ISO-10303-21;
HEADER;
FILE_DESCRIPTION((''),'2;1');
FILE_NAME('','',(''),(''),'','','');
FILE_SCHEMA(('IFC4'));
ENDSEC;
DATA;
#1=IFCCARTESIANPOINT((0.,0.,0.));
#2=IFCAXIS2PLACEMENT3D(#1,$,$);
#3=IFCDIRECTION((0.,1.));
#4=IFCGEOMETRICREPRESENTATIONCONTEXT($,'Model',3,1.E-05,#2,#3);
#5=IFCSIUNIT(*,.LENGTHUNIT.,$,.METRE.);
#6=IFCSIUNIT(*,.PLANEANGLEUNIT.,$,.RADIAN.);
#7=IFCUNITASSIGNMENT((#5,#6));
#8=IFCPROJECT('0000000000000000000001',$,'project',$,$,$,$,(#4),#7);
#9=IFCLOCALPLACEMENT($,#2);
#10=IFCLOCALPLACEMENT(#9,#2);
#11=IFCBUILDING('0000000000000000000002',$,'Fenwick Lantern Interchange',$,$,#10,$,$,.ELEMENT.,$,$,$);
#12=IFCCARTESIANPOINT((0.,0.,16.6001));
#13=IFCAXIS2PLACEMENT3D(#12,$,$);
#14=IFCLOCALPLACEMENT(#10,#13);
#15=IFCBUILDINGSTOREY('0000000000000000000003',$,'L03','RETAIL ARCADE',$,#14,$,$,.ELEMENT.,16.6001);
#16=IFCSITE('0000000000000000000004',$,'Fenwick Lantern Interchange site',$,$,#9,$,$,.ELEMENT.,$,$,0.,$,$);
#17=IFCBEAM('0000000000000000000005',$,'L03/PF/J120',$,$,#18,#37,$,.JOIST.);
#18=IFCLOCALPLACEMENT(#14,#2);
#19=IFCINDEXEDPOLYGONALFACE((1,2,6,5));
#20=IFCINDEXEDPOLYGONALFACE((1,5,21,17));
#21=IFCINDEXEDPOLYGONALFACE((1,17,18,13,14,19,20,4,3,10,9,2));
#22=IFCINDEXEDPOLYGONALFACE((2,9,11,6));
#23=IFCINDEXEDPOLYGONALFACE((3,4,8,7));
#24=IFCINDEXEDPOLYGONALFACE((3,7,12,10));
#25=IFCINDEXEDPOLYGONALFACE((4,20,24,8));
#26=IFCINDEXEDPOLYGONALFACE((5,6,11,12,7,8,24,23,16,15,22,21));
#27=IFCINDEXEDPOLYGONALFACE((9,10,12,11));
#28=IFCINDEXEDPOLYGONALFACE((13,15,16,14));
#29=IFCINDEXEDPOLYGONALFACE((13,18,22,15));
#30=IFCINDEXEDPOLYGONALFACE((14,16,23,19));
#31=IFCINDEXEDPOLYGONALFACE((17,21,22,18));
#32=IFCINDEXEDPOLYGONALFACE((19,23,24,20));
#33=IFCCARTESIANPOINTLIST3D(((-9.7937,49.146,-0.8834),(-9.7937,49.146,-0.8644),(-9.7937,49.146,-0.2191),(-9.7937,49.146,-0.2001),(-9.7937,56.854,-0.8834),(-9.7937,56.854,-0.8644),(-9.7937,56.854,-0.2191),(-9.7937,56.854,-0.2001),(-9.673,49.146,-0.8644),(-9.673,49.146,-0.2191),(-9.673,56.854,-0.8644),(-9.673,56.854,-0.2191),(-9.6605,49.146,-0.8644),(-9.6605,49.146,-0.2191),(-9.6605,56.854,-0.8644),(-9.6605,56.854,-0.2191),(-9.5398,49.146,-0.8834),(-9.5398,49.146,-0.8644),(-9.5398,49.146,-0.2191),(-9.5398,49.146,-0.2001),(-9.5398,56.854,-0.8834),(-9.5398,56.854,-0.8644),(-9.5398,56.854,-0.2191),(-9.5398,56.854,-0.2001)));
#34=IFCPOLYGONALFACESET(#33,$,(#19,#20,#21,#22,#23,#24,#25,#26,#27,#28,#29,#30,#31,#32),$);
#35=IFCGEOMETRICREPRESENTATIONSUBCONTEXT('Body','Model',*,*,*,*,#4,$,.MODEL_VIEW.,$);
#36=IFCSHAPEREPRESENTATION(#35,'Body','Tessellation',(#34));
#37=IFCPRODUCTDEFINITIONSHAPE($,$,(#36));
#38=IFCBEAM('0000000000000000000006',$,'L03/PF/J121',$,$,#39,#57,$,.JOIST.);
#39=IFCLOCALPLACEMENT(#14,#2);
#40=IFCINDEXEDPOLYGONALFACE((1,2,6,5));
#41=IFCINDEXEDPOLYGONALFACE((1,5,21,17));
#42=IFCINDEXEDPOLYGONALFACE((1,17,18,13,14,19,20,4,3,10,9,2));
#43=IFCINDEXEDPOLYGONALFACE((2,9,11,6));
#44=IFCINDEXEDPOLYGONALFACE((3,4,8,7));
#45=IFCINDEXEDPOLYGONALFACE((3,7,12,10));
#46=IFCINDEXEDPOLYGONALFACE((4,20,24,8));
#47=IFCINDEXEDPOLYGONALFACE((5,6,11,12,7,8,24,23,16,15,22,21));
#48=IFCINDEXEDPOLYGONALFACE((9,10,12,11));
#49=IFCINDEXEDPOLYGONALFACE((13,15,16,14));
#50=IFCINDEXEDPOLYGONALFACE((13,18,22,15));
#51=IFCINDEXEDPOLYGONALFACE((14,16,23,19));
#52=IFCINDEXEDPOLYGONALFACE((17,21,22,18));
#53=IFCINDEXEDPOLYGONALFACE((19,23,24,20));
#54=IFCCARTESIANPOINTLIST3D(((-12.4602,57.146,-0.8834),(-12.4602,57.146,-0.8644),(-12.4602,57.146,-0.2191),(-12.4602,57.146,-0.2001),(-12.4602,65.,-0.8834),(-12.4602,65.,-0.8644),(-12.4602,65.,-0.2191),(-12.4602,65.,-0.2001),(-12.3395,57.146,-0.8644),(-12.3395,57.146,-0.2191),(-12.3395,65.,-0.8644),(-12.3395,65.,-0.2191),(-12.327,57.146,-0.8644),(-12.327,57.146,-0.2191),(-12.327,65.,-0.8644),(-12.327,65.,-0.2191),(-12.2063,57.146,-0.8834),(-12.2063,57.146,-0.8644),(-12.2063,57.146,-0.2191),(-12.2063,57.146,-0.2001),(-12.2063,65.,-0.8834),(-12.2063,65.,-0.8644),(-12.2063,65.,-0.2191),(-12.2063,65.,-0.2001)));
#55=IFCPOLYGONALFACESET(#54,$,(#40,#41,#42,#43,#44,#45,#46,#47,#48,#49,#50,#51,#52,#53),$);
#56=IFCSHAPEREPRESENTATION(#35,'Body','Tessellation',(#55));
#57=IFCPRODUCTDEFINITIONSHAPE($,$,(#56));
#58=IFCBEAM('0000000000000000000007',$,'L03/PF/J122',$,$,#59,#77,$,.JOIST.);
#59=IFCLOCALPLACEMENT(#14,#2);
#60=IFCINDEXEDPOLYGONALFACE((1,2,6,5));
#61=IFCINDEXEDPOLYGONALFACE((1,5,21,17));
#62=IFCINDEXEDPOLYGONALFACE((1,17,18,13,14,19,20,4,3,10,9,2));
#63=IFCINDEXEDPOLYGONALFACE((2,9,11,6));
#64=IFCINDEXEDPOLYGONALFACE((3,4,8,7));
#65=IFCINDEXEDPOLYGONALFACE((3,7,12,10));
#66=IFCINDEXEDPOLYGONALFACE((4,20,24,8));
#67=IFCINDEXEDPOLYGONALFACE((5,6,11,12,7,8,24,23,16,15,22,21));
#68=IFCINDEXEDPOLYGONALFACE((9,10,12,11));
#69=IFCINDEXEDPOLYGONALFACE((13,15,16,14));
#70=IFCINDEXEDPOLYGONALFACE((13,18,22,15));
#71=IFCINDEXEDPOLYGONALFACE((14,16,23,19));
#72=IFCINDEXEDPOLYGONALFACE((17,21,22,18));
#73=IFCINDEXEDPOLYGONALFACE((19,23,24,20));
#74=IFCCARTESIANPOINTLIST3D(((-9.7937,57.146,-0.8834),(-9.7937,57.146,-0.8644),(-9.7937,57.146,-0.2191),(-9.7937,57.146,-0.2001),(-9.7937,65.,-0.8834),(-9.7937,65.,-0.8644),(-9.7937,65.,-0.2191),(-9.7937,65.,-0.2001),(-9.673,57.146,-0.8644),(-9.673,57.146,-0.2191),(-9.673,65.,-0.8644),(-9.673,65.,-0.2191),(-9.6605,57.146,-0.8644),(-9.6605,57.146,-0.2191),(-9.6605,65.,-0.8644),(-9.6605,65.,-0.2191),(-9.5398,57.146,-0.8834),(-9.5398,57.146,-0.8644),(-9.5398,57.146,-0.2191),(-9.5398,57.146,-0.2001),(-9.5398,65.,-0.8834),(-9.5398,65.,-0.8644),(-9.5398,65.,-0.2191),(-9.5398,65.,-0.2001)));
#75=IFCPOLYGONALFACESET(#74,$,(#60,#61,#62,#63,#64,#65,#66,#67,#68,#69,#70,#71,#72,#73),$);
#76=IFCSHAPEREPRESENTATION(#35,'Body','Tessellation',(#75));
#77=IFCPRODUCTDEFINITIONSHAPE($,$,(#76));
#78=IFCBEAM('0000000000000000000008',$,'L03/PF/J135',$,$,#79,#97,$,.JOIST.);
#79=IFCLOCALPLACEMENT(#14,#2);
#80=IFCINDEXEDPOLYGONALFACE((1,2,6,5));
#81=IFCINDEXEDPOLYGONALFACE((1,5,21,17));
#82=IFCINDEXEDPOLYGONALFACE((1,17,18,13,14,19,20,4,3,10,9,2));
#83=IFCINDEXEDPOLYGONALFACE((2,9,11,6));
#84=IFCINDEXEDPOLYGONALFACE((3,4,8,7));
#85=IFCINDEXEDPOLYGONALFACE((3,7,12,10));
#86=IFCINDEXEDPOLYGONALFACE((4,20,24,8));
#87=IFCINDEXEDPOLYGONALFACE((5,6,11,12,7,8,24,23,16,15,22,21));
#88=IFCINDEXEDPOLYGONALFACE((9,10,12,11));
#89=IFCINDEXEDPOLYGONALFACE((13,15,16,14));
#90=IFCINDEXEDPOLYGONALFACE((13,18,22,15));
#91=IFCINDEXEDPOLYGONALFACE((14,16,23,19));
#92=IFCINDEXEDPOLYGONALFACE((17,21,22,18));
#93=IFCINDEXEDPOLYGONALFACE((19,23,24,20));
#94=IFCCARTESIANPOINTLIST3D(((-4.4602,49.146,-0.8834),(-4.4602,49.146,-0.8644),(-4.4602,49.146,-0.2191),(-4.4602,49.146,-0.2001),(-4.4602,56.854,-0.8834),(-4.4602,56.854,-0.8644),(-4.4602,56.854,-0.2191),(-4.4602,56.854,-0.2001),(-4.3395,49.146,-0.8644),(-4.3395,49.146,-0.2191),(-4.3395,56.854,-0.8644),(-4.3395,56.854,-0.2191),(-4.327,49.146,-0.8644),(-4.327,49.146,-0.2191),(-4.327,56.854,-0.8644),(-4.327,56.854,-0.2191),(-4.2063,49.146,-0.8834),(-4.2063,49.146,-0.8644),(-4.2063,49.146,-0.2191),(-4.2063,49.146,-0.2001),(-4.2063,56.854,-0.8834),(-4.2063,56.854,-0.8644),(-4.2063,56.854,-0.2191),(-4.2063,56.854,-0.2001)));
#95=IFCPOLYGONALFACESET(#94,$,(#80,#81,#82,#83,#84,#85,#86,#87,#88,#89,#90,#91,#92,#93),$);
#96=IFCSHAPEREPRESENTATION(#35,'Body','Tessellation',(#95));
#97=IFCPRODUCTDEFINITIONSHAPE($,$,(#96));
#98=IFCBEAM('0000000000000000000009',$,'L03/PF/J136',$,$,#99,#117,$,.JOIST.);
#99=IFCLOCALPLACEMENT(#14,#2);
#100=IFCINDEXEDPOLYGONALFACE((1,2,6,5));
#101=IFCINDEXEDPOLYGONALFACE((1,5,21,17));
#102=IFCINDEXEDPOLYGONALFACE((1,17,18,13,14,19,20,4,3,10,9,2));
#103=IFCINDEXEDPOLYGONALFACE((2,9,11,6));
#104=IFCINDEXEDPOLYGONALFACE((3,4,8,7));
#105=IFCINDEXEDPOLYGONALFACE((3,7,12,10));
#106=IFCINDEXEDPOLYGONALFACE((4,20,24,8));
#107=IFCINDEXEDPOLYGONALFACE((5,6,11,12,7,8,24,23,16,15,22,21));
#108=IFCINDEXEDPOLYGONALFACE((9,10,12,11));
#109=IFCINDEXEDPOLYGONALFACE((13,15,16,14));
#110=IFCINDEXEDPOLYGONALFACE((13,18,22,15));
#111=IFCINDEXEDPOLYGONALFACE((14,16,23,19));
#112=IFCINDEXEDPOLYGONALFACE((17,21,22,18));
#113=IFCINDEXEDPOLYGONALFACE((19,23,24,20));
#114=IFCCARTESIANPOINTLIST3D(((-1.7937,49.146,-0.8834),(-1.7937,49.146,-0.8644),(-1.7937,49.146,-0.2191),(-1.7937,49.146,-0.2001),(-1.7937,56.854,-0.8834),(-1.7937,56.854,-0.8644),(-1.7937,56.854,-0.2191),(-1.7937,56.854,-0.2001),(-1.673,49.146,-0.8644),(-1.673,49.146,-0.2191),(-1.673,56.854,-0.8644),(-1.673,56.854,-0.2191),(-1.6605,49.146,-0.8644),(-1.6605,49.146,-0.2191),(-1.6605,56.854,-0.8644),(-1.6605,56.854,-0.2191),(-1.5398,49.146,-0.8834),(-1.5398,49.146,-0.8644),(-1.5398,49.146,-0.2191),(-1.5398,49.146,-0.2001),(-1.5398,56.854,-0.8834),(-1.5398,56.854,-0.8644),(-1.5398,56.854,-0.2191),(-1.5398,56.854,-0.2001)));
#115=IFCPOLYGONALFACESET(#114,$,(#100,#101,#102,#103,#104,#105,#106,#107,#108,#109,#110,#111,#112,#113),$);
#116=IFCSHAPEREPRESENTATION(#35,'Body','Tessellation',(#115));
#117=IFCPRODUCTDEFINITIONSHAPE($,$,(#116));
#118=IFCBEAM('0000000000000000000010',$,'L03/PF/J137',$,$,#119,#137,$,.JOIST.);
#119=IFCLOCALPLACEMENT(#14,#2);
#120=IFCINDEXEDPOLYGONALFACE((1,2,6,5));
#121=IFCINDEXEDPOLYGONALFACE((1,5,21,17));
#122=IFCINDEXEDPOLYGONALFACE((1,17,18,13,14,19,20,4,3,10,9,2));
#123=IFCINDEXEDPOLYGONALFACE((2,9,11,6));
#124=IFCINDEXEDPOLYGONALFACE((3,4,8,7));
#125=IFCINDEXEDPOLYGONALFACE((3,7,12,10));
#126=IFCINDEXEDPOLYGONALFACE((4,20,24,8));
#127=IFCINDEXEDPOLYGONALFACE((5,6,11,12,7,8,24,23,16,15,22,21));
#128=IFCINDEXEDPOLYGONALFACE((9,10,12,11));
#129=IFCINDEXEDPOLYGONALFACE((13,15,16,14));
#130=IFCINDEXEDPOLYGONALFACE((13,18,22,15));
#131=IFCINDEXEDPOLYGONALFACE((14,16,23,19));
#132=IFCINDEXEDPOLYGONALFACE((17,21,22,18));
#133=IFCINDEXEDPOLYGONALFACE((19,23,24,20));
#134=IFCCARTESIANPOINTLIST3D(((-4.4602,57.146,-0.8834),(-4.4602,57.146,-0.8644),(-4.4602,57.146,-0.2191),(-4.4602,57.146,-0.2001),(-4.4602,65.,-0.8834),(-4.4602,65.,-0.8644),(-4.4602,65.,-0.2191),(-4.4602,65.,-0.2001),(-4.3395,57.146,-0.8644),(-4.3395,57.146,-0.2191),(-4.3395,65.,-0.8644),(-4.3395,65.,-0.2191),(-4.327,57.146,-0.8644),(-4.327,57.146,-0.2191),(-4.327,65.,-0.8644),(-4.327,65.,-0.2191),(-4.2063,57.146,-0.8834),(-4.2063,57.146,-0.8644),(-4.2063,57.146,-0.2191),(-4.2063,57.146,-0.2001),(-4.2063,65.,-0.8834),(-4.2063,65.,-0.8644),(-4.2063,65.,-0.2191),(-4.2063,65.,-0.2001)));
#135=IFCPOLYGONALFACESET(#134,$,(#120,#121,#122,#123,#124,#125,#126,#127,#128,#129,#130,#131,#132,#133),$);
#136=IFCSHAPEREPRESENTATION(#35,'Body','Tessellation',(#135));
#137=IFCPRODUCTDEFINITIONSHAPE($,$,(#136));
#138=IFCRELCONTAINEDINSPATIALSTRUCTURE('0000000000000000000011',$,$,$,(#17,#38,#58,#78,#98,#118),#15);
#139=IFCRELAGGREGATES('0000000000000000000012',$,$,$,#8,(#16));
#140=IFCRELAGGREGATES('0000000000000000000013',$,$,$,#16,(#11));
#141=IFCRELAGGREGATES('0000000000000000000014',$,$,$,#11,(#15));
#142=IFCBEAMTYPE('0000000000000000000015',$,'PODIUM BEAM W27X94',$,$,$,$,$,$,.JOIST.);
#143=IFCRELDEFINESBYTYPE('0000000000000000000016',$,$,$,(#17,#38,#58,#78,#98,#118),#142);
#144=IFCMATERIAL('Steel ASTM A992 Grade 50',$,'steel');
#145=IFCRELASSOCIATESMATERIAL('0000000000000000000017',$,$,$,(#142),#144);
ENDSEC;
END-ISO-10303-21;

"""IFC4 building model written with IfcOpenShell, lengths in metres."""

from ifc_helpers import new_model, si_unit, direction, frame, origin, origin_2d, place, context, subcontext, project, spatial, i_section, extrude, material, material_profile, profile_set, type_object, element, save


model = new_model("IFC4")

# Units and contexts
model_context = context("Model", 3, precision=1e-05, world=origin(), true_north=direction((0.0, 1.0)))
body_context = subcontext(model_context, "Body", "Model", "MODEL_VIEW")
ifc_project = project(units=[si_unit("LENGTHUNIT", "METRE"), si_unit("PLANEANGLEUNIT", "RADIAN")], contexts=[model_context])

# Site, building, storey
site_placement = place(None, origin())
site = spatial("IfcSite", under=ifc_project, at=site_placement, Name="Fenwick Lantern Interchange site", CompositionType="ELEMENT", RefElevation=0.0)
building_placement = place(site_placement, origin())
building = spatial("IfcBuilding", under=site, at=building_placement, Name="Fenwick Lantern Interchange", CompositionType="ELEMENT")
storey_placement = place(building_placement, frame((0.0, 0.0, 16.6001)))
storey = spatial("IfcBuildingStorey", under=building, at=storey_placement, Name="L03", Description="RETAIL ARCADE", CompositionType="ELEMENT", Elevation=16.6001)

# Shared definitions
ifc_material_1 = material(Name="Steel ASTM A992 Grade 50", Category="steel")

# Beams
ifc_material_profile_1 = material_profile(ifc_material_1, i_section(OverallWidth=0.2539, OverallDepth=0.6833, WebThickness=0.0125, FlangeThickness=0.019, at=origin_2d()), Name="W27X94")
ifc_profile_set_1 = profile_set([ifc_material_profile_1], Name="Steel ASTM A992 Grade 50")
beam_type_1 = type_object("IfcBeamType", Name="PODIUM BEAM W27X94", PredefinedType="JOIST", material=ifc_profile_set_1)
beam_1_placement = place(storey_placement, frame((-9.6667, 49.146, -0.5417), z_axis=(0.0, 1.0, 0.0), x_axis=(-1.0, 0.0, 0.0)))
element("IfcBeam", 1, at=beam_1_placement, inside=storey, type_object=beam_type_1, Name="L03/PF/J120", PredefinedType="JOIST", context=body_context, shape_type="SweptSolid", body=[
    extrude(i_section(OverallWidth=0.2539, OverallDepth=0.6833, WebThickness=0.0125, FlangeThickness=0.019, at=origin_2d()), origin(), (0.0, 0.0, 1.0), 7.708),
])
for number, where, z_axis, x_axis, name in (
    (2, (-12.3333, 57.146, -0.5417), (0.0, 1.0, 0.0), (-1.0, 0.0, 0.0), "L03/PF/J121"),
    (3, (-9.6667, 57.146, -0.5417), (0.0, 1.0, 0.0), (-1.0, 0.0, 0.0), "L03/PF/J122"),
):
    element("IfcBeam", number, at=place(storey_placement, frame(where, z_axis=z_axis, x_axis=x_axis)), inside=storey, type_object=beam_type_1, Name=name, PredefinedType="JOIST", context=body_context, shape_type="SweptSolid", body=[
        extrude(i_section(OverallWidth=0.2539, OverallDepth=0.6833, WebThickness=0.0125, FlangeThickness=0.019, at=origin_2d()), origin(), (0.0, 0.0, 1.0), 7.854),
    ])
for number, where, z_axis, x_axis, name in (
    (4, (-4.3333, 49.146, -0.5417), (0.0, 1.0, 0.0), (-1.0, 0.0, 0.0), "L03/PF/J135"),
    (5, (-1.6667, 49.146, -0.5417), (0.0, 1.0, 0.0), (-1.0, 0.0, 0.0), "L03/PF/J136"),
):
    element("IfcBeam", number, at=place(storey_placement, frame(where, z_axis=z_axis, x_axis=x_axis)), inside=storey, type_object=beam_type_1, Name=name, PredefinedType="JOIST", context=body_context, shape_type="SweptSolid", body=[
        extrude(i_section(OverallWidth=0.2539, OverallDepth=0.6833, WebThickness=0.0125, FlangeThickness=0.019, at=origin_2d()), origin(), (0.0, 0.0, 1.0), 7.708),
    ])
beam_2_placement = place(storey_placement, frame((-4.3333, 57.146, -0.5417), z_axis=(0.0, 1.0, 0.0), x_axis=(-1.0, 0.0, 0.0)))
element("IfcBeam", 6, at=beam_2_placement, inside=storey, type_object=beam_type_1, Name="L03/PF/J137", PredefinedType="JOIST", context=body_context, shape_type="SweptSolid", body=[
    extrude(i_section(OverallWidth=0.2539, OverallDepth=0.6833, WebThickness=0.0125, FlangeThickness=0.019, at=origin_2d()), origin(), (0.0, 0.0, 1.0), 7.854),
])

save(model, "model.ifc")
